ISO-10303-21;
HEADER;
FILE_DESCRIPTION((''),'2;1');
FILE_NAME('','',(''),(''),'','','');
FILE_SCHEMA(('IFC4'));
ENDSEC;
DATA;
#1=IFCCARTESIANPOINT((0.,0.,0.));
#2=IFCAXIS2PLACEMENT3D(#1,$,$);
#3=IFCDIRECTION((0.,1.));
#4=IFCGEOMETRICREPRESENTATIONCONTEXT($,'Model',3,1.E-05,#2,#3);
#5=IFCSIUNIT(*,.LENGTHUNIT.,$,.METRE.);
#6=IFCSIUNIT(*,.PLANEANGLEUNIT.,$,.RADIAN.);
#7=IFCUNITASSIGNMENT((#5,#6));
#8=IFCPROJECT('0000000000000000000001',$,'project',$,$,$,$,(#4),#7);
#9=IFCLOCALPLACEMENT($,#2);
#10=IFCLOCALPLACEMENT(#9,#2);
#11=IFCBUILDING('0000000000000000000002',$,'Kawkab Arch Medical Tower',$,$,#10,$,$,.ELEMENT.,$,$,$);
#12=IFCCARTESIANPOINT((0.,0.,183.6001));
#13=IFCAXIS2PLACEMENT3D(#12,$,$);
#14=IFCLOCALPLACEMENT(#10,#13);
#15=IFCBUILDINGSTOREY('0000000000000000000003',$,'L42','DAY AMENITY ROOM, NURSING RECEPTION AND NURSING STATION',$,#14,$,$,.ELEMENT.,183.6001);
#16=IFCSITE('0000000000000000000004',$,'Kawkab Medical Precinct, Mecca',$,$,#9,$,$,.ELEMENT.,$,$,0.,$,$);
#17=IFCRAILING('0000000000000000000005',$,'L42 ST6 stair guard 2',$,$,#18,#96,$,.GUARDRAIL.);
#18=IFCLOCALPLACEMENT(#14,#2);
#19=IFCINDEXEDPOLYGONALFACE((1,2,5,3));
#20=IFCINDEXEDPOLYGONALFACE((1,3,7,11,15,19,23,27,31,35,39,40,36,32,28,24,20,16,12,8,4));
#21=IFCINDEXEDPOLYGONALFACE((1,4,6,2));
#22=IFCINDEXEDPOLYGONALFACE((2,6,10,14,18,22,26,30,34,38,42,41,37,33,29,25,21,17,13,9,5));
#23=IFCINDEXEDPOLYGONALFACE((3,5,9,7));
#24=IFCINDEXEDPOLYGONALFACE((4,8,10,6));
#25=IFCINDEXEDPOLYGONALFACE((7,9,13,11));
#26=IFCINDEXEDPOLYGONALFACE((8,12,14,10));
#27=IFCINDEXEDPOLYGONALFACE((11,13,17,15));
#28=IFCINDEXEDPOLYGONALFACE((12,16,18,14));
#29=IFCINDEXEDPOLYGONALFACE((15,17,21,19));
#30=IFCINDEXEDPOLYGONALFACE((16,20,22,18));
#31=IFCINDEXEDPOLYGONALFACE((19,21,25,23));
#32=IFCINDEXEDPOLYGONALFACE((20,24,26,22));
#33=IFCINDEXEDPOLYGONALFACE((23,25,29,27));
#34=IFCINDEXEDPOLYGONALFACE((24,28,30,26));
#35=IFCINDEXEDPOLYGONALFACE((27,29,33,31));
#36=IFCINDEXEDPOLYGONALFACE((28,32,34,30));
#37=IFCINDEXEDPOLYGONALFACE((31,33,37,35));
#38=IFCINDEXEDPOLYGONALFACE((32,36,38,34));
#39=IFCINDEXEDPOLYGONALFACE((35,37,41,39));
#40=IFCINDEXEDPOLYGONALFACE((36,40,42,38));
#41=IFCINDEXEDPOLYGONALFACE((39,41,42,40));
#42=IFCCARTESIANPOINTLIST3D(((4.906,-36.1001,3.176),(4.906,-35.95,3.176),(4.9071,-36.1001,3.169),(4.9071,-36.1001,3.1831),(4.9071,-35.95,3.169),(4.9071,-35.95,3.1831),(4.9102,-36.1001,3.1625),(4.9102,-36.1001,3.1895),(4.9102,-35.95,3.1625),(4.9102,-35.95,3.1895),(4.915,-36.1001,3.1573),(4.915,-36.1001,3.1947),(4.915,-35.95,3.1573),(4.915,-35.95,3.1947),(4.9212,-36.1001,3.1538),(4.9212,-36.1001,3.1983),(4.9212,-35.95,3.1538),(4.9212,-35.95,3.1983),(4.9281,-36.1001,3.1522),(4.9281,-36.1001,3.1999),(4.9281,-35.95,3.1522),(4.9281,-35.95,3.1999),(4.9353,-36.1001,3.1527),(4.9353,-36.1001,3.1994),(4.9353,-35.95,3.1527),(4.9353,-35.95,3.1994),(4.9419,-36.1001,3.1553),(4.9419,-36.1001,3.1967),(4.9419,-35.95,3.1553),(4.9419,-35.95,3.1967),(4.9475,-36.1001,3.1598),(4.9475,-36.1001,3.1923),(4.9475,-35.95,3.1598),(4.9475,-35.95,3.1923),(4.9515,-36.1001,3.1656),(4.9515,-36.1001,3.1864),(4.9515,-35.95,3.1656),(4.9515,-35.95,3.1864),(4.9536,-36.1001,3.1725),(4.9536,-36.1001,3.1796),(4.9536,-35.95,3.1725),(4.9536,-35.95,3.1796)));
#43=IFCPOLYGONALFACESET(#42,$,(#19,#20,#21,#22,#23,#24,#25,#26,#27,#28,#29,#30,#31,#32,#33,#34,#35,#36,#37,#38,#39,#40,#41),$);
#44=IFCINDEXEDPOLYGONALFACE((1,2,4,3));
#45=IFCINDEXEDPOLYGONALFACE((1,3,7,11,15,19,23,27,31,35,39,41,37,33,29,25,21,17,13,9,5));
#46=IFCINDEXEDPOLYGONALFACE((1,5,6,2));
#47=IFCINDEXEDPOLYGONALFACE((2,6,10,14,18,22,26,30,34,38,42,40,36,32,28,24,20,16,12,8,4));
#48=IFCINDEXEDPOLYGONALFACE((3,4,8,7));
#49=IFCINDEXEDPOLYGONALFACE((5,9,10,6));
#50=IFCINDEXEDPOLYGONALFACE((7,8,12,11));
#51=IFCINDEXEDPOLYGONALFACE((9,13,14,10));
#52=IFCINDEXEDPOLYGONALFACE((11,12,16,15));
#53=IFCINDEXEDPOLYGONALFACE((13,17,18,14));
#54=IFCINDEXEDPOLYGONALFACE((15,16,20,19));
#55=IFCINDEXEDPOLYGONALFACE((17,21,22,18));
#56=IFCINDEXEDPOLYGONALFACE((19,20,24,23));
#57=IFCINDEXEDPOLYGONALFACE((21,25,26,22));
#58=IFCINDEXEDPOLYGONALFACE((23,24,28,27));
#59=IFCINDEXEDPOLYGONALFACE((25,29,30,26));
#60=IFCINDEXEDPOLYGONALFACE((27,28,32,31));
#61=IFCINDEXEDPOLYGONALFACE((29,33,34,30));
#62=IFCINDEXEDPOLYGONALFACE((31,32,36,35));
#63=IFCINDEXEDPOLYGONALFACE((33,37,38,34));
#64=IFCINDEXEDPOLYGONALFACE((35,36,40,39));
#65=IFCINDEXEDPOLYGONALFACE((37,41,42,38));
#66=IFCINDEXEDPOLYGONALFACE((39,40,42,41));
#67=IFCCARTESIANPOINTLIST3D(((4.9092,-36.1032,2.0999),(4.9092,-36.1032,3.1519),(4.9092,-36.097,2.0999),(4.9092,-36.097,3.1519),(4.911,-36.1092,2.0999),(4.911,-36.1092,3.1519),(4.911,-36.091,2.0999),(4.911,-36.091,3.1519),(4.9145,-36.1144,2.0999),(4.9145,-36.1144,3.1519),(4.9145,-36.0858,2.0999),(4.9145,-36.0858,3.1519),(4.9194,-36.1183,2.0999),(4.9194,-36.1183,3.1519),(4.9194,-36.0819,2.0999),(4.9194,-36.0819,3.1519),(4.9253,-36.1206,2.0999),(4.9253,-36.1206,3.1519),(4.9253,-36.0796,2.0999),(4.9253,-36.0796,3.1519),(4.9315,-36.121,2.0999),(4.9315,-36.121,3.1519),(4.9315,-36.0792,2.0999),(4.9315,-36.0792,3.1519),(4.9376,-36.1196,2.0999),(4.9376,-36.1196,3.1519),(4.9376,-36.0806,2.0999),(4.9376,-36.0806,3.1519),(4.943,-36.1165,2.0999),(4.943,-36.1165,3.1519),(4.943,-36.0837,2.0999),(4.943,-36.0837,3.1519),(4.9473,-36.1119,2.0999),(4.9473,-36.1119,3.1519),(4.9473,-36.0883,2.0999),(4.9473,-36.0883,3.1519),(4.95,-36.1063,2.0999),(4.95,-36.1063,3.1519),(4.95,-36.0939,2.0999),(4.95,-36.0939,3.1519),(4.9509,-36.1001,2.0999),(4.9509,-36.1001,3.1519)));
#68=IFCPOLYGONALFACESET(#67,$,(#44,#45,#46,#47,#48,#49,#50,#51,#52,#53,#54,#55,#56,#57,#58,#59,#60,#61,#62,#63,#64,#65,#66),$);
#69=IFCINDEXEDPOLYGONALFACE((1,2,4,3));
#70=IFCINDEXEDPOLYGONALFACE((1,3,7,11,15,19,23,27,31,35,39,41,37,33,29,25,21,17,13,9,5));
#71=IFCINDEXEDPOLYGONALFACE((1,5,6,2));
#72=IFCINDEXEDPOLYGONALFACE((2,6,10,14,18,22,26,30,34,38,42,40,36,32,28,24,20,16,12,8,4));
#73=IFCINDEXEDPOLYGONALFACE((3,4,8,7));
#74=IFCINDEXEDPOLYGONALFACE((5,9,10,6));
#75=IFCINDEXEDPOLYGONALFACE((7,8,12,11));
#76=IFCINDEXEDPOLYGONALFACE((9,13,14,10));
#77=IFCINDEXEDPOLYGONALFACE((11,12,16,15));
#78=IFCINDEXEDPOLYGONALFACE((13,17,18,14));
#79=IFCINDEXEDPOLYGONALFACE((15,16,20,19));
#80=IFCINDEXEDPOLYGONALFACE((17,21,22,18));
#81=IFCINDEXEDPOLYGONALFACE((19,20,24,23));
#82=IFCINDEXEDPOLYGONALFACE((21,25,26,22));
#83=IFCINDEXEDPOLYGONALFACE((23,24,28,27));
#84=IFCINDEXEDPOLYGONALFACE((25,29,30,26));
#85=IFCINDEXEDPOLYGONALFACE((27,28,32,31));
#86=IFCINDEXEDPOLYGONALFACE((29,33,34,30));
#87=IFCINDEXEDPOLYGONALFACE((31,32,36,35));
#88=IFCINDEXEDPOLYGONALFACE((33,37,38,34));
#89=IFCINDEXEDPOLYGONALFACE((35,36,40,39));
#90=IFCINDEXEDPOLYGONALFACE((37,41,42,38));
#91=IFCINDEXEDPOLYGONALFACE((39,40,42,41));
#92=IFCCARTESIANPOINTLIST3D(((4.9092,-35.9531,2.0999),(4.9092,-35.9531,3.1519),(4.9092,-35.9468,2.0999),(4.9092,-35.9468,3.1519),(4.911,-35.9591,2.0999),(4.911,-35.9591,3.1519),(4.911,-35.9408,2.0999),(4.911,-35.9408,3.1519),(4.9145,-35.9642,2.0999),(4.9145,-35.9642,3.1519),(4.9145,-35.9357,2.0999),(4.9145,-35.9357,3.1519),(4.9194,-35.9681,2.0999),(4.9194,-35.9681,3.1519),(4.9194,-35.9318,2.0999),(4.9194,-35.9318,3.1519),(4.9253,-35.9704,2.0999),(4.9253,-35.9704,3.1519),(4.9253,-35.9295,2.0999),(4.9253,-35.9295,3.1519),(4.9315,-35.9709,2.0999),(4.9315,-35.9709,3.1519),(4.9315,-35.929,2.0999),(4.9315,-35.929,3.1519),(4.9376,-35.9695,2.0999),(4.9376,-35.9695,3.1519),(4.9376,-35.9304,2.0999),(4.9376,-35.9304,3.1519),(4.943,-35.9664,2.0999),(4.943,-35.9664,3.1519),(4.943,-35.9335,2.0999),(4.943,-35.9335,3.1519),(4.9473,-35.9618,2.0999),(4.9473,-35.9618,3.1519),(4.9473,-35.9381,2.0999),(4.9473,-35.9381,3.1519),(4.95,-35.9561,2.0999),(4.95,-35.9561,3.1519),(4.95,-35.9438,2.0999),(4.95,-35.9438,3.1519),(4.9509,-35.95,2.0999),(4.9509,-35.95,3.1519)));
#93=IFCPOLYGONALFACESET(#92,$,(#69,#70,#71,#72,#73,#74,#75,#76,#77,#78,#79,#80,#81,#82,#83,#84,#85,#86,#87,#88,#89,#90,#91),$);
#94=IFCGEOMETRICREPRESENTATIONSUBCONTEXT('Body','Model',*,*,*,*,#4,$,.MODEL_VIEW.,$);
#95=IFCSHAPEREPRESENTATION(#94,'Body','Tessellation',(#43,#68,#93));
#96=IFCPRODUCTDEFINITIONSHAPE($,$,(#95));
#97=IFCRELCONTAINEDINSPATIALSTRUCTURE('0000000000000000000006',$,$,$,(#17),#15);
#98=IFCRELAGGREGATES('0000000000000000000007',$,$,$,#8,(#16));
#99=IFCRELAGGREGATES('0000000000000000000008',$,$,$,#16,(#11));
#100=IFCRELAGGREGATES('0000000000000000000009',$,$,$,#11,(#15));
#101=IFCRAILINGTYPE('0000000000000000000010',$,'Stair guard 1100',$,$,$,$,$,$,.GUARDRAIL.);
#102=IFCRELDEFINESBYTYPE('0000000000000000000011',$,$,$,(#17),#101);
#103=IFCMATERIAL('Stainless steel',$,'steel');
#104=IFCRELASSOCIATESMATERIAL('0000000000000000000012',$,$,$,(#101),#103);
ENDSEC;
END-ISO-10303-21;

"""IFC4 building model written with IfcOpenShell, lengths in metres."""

from ifc_helpers import new_model, si_unit, direction, frame, origin, origin_2d, place, context, subcontext, project, spatial, circle, extrude, material, type_object, element, save


model = new_model("IFC4")

# Units and contexts
model_context = context("Model", 3, precision=1e-05, world=origin(), true_north=direction((0.0, 1.0)))
body_context = subcontext(model_context, "Body", "Model", "MODEL_VIEW")
ifc_project = project(units=[si_unit("LENGTHUNIT", "METRE"), si_unit("PLANEANGLEUNIT", "RADIAN")], contexts=[model_context])

# Site, building, storey
site_placement = place(None, origin())
site = spatial("IfcSite", under=ifc_project, at=site_placement, Name="Kawkab Medical Precinct, Mecca", CompositionType="ELEMENT", RefElevation=0.0)
building_placement = place(site_placement, origin())
building = spatial("IfcBuilding", under=site, at=building_placement, Name="Kawkab Arch Medical Tower", CompositionType="ELEMENT")
storey_placement = place(building_placement, frame((0.0, 0.0, 183.6001)))
storey = spatial("IfcBuildingStorey", under=building, at=storey_placement, Name="L42", Description="DAY AMENITY ROOM, NURSING RECEPTION AND NURSING STATION", CompositionType="ELEMENT", Elevation=183.6001)

# Railing
ifc_material_1 = material(Name="Stainless steel", Category="steel")
railing_type = type_object("IfcRailingType", Name="Stair guard 1100", PredefinedType="GUARDRAIL", material=ifc_material_1)
railing_1_placement = place(storey_placement, frame((4.9299, -36.1001, 2.0999)))
element("IfcRailing", 1, at=railing_1_placement, inside=storey, type_object=railing_type, Name="L42 ST6 stair guard 2", PredefinedType="GUARDRAIL", context=body_context, shape_type="SweptSolid", body=[
    extrude(circle(Radius=0.0239, at=origin_2d()), frame((0.0, 0.0, 1.0762), z_axis=(0.0, 1.0, 0.0), x_axis=(-1.0, 0.0, 0.0)), (0.0, 0.0, 1.0), 0.1501),
    extrude(circle(Radius=0.021, at=origin_2d()), origin(), (0.0, 0.0, 1.0), 1.052),
    extrude(circle(Radius=0.021, at=origin_2d()), frame((0.0, 0.1501, 0.0)), (0.0, 0.0, 1.0), 1.052),
])

save(model, "model.ifc")
